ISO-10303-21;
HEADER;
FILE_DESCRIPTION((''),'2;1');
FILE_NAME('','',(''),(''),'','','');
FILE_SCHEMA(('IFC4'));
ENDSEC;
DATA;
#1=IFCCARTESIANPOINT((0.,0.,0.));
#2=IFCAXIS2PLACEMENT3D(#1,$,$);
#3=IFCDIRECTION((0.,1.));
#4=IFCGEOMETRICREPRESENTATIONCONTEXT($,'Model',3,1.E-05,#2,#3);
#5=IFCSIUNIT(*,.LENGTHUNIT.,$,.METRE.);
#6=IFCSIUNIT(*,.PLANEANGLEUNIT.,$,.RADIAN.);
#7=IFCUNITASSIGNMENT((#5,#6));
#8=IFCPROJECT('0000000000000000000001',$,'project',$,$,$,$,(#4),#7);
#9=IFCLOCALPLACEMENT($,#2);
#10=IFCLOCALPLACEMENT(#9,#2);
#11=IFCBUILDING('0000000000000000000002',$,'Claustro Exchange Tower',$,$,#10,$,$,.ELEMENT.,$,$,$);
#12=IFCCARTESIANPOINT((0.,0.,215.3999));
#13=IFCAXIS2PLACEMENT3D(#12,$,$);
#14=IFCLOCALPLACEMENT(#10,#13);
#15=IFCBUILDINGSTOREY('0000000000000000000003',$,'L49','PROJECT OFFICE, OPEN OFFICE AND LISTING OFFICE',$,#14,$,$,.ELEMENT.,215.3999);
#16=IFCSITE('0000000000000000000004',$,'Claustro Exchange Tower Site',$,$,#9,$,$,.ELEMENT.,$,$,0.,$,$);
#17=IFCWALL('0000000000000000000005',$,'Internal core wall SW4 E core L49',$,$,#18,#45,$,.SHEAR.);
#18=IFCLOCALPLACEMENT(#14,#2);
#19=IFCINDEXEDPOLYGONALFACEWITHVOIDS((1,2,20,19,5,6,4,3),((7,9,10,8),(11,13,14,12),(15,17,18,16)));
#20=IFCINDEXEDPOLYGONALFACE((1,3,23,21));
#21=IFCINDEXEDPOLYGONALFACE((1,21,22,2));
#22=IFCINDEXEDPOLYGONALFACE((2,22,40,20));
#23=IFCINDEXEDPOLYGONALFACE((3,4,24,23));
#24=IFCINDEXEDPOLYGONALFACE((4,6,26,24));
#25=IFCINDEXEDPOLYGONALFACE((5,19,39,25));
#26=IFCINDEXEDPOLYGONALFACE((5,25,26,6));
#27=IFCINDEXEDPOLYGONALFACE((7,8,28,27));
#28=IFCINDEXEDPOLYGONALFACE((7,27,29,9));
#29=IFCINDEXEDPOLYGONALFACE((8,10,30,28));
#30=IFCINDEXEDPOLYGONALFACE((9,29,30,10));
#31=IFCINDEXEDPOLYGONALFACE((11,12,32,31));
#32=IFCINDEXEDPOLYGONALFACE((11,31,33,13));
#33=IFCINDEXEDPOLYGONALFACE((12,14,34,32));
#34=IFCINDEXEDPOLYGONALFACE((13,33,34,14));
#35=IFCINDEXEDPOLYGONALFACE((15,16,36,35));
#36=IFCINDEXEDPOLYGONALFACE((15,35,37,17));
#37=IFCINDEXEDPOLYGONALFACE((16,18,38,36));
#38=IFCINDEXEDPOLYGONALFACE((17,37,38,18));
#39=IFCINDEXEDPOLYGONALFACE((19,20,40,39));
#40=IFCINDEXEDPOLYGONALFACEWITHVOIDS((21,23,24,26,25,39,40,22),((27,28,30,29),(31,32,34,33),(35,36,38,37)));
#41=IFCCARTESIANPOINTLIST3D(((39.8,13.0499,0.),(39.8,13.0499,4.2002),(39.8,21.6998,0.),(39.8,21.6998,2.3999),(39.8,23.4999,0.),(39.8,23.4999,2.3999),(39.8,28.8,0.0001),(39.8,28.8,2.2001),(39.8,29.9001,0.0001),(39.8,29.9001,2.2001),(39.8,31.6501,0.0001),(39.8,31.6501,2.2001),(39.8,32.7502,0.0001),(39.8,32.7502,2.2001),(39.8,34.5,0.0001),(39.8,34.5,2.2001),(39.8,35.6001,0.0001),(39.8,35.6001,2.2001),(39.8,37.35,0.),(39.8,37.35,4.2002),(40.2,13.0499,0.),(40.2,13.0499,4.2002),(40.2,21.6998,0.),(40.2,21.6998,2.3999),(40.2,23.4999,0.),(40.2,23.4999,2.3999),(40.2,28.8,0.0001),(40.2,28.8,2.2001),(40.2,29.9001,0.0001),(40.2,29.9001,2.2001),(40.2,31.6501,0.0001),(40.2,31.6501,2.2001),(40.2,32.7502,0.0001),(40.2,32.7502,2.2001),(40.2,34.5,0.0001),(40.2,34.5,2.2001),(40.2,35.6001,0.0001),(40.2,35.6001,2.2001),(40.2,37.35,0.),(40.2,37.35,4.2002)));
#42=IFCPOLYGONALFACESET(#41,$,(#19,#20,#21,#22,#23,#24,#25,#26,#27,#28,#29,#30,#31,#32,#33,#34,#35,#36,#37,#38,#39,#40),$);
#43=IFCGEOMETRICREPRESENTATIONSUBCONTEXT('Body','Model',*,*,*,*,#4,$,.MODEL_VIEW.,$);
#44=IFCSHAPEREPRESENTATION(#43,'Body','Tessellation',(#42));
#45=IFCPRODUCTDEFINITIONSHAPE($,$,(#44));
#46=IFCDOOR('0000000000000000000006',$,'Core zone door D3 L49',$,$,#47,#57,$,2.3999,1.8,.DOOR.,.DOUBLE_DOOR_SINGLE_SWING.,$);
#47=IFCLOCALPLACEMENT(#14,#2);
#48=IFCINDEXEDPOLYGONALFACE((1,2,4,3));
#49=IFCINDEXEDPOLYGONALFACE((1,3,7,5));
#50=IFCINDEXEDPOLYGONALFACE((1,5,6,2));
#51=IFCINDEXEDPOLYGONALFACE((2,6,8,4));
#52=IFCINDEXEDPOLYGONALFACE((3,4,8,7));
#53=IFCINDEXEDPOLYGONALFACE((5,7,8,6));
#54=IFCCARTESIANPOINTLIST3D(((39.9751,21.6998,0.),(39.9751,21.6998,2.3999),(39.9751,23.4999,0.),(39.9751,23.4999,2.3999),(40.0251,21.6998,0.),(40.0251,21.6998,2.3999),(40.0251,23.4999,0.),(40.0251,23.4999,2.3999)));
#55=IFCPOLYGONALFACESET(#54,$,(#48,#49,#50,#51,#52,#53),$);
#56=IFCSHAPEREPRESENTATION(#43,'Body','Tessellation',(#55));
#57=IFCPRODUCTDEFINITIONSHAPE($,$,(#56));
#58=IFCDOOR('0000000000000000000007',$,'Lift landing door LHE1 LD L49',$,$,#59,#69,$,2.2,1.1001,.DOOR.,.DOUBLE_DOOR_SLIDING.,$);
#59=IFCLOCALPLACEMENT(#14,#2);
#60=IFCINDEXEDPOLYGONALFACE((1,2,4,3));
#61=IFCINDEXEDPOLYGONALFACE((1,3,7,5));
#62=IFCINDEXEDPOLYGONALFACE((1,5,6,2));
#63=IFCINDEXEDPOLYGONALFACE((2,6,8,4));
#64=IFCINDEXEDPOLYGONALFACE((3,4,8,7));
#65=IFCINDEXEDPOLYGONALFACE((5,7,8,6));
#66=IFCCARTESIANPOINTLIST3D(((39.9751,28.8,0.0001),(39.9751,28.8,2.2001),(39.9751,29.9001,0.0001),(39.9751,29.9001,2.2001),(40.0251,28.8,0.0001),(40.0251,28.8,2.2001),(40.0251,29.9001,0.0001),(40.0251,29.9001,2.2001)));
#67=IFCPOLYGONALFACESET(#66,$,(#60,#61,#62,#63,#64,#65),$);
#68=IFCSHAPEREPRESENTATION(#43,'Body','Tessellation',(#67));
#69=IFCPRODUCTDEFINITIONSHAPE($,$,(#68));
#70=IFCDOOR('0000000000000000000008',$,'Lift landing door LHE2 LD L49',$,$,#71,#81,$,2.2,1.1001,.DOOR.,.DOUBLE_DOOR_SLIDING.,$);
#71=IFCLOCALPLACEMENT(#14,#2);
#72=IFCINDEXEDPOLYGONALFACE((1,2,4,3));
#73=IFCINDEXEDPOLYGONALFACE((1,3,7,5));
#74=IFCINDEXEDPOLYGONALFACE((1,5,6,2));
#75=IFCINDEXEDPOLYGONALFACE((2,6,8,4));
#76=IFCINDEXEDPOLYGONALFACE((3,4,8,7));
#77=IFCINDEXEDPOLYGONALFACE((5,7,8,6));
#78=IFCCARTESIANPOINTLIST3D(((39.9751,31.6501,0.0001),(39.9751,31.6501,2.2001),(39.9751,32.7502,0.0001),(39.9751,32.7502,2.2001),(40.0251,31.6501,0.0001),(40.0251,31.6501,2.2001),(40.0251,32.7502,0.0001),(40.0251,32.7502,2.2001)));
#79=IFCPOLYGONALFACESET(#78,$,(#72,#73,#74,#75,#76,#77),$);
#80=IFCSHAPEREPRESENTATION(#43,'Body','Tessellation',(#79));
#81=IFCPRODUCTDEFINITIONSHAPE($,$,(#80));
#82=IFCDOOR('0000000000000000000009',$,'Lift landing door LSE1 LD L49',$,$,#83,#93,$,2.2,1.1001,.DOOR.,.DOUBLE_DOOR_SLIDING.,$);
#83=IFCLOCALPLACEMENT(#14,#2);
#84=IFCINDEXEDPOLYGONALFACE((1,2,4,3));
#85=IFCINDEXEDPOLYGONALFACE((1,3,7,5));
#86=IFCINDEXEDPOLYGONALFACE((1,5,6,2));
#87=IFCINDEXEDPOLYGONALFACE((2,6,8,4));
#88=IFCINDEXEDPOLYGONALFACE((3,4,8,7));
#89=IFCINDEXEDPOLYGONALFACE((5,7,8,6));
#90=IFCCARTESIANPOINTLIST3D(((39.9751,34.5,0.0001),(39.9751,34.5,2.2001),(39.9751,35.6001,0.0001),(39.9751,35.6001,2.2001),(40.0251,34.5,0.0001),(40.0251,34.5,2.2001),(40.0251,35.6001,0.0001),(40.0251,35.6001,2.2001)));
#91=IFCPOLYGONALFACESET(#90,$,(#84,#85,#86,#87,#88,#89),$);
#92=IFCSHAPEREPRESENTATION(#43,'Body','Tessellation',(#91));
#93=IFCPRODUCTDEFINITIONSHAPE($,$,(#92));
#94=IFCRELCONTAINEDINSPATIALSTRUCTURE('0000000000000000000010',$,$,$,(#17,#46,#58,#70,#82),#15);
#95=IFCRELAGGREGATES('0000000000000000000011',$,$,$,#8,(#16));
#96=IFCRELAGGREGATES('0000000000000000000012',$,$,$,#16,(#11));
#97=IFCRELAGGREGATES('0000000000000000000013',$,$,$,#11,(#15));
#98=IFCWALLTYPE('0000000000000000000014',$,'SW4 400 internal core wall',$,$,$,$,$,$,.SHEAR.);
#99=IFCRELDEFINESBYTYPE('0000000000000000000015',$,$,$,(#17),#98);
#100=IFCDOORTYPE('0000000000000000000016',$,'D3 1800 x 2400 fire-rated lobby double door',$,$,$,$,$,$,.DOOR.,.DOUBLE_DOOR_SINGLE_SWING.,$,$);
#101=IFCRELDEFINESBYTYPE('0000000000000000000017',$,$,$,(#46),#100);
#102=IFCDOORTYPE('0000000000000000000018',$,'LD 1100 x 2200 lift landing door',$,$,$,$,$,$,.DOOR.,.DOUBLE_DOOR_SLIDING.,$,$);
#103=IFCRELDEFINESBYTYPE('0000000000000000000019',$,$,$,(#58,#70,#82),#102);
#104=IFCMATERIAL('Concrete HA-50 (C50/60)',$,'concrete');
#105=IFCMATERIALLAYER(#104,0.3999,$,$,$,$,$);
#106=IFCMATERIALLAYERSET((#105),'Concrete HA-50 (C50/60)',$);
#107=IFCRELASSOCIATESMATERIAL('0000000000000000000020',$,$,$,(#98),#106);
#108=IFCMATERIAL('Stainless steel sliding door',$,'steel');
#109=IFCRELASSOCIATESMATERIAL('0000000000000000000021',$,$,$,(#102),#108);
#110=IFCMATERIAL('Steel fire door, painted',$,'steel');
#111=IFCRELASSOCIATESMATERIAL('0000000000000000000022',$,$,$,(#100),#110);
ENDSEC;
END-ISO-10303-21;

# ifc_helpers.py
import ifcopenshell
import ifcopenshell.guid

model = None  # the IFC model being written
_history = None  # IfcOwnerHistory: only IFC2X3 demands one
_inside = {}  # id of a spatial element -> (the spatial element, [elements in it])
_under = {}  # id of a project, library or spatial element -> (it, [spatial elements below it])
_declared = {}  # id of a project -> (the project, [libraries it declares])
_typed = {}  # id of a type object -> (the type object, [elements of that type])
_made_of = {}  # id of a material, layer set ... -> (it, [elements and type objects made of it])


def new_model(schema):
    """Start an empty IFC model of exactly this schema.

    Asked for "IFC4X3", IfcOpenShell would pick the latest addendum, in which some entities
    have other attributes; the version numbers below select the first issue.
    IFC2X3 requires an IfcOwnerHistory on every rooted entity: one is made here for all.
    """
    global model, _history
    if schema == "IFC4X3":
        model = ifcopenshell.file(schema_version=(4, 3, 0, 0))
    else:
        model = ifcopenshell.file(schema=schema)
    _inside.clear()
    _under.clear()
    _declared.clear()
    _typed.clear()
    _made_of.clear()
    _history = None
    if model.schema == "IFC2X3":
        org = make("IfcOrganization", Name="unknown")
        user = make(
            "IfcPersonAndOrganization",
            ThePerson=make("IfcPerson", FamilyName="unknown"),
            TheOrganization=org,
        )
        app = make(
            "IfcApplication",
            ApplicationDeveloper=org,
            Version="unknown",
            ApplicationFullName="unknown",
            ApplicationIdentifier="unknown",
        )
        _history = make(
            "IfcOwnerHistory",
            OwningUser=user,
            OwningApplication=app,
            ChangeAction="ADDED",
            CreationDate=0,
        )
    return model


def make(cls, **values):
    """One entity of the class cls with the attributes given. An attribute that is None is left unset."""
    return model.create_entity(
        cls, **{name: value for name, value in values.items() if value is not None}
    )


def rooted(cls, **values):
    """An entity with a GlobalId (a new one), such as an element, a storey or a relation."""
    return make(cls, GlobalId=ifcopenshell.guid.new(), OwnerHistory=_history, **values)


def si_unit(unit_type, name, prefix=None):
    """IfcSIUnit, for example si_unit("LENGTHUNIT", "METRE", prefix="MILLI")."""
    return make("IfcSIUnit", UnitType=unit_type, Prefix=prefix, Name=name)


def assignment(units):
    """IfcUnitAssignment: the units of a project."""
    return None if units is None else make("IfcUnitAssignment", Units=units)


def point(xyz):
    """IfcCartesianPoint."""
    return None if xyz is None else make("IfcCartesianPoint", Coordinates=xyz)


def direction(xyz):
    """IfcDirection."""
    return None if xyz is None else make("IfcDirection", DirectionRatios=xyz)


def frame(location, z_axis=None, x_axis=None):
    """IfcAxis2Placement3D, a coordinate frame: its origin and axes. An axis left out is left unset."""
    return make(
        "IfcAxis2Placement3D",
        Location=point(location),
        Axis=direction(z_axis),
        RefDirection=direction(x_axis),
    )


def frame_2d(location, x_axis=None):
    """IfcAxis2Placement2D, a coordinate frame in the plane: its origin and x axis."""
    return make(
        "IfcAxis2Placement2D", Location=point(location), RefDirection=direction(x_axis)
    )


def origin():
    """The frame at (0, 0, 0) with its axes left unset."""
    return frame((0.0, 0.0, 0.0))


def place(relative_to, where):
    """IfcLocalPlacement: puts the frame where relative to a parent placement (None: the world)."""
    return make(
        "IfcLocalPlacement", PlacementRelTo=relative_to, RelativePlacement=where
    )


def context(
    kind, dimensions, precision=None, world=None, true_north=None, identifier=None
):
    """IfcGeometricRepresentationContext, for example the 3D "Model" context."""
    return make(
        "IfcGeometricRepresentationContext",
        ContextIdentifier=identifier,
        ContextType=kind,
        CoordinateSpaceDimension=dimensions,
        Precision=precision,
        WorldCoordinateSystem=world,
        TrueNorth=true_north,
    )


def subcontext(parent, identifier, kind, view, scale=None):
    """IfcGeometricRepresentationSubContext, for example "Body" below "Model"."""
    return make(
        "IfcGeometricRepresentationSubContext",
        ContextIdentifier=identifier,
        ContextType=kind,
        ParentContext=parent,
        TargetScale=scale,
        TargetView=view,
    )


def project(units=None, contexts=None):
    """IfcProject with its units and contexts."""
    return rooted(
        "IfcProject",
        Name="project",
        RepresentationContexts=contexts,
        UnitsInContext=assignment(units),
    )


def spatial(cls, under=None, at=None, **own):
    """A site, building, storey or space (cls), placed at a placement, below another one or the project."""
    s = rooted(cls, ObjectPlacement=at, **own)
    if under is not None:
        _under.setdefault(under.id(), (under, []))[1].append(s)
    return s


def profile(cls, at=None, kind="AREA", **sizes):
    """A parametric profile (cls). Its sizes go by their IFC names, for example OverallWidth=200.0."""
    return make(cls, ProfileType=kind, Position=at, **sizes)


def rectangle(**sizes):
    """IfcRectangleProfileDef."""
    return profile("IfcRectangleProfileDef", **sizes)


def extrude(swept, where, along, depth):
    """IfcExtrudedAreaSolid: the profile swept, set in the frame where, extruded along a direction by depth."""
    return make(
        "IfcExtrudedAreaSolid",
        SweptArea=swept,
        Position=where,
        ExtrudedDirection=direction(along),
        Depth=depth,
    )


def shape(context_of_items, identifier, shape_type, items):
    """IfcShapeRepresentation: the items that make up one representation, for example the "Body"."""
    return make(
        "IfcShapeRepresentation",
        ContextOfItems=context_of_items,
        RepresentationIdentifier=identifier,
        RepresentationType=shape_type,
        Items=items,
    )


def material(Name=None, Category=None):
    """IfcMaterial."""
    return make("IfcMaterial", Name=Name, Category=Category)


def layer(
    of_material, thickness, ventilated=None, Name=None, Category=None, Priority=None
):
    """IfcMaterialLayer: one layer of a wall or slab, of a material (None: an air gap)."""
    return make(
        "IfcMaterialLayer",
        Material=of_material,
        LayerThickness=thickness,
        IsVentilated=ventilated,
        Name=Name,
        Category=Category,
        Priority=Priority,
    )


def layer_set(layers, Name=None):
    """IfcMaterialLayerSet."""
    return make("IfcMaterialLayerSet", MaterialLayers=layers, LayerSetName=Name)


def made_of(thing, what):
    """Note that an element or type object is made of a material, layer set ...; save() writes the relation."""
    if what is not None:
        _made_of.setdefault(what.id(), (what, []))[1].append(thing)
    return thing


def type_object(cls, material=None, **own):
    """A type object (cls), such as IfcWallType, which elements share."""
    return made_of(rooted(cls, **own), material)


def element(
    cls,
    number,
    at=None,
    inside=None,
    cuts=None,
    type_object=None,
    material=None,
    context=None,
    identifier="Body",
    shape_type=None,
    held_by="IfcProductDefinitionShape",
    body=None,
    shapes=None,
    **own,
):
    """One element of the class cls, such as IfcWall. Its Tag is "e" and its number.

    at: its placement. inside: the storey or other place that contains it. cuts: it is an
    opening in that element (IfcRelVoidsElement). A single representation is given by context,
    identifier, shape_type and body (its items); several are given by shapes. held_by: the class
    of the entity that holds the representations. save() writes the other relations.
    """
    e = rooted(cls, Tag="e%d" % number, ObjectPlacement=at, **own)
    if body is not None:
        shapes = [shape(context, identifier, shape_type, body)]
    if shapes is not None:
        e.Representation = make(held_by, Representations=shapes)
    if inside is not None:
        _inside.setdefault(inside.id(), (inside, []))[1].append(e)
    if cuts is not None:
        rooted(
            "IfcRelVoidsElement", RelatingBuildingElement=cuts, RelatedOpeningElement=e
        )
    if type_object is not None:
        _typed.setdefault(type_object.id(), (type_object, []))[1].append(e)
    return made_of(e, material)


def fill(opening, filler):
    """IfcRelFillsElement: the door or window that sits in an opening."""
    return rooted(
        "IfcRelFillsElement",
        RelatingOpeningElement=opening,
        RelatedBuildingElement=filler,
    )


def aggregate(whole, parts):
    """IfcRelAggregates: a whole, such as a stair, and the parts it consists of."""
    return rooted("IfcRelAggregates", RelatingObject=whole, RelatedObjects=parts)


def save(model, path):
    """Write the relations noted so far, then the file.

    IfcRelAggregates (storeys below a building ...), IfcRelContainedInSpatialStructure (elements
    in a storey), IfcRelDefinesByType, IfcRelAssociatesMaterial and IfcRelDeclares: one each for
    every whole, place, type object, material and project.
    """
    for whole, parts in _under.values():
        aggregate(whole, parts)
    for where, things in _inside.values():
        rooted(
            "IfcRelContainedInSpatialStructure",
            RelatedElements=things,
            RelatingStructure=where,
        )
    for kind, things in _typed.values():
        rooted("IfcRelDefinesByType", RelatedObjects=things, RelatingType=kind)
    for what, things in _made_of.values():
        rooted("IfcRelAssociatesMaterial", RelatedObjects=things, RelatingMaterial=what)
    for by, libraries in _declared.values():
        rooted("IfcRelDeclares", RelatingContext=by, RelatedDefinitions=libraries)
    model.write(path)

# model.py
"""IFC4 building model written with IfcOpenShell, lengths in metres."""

from ifc_helpers import new_model, si_unit, direction, frame, frame_2d, origin, place, context, subcontext, project, spatial, rectangle, extrude, material, layer, layer_set, type_object, element, fill, save


model = new_model("IFC4")

# Units and contexts
model_context = context("Model", 3, precision=1e-05, world=origin(), true_north=direction((0.0, 1.0)))
body_context = subcontext(model_context, "Body", "Model", "MODEL_VIEW")
ifc_project = project(units=[si_unit("LENGTHUNIT", "METRE"), si_unit("PLANEANGLEUNIT", "RADIAN")], contexts=[model_context])

# Site, building, storey
site_placement = place(None, origin())
site = spatial("IfcSite", under=ifc_project, at=site_placement, Name="Claustro Exchange Tower Site", CompositionType="ELEMENT", RefElevation=0.0)
building_placement = place(site_placement, origin())
building = spatial("IfcBuilding", under=site, at=building_placement, Name="Claustro Exchange Tower", CompositionType="ELEMENT")
storey_placement = place(building_placement, frame((0.0, 0.0, 215.3999)))
storey = spatial("IfcBuildingStorey", under=building, at=storey_placement, Name="L49", Description="PROJECT OFFICE, OPEN OFFICE AND LISTING OFFICE", CompositionType="ELEMENT", Elevation=215.3999)

# Wall, openings, doors
ifc_material_1 = material(Name="Concrete HA-50 (C50/60)", Category="concrete")
ifc_layer_1 = layer(ifc_material_1, 0.3999)
ifc_layer_set_1 = layer_set([ifc_layer_1], Name="Concrete HA-50 (C50/60)")
wall_type_1 = type_object("IfcWallType", Name="SW4 400 internal core wall", PredefinedType="SHEAR", material=ifc_layer_set_1)
ifc_material_2 = material(Name="Stainless steel sliding door", Category="steel")
door_type_1 = type_object("IfcDoorType", Name="LD 1100 x 2200 lift landing door", OperationType="DOUBLE_DOOR_SLIDING", PredefinedType="DOOR", material=ifc_material_2)
wall_1_placement = place(storey_placement, frame((40.0, 13.05, 0.0), z_axis=(0.0, 0.0, 1.0), x_axis=(0.0, 1.0, 0.0)))
wall_1 = element("IfcWall", 1, at=wall_1_placement, inside=storey, type_object=wall_type_1, Name="Internal core wall SW4 E core L49", PredefinedType="SHEAR", context=body_context, shape_type="SweptSolid", body=[
    extrude(rectangle(XDim=24.3, YDim=0.3999, at=frame_2d((12.1499, 0.0))), origin(), (0.0, 0.0, 1.0), 4.2002),
])
opening_1_placement = place(wall_1_placement, frame((15.75, 0.0, 0.0)))
opening_1 = element("IfcOpeningElement", 2, at=opening_1_placement, cuts=wall_1, PredefinedType="OPENING", context=body_context, shape_type="SweptSolid", body=[
    extrude(rectangle(XDim=1.1001, YDim=2.2, at=frame_2d((0.55, 1.1001))), frame((0.0, 0.21, 0.0), z_axis=(0.0, -1.0, 0.0), x_axis=(1.0, 0.0, 0.0)), (0.0, 0.0, 1.0), 0.4199),
])
opening_2_placement = place(wall_1_placement, frame((18.6001, 0.0, 0.0)))
opening_2 = element("IfcOpeningElement", 3, at=opening_2_placement, cuts=wall_1, PredefinedType="OPENING", context=body_context, shape_type="SweptSolid", body=[
    extrude(rectangle(XDim=1.1001, YDim=2.2, at=frame_2d((0.55, 1.1001))), frame((0.0, 0.21, 0.0), z_axis=(0.0, -1.0, 0.0), x_axis=(1.0, 0.0, 0.0)), (0.0, 0.0, 1.0), 0.4199),
])
opening_3_placement = place(wall_1_placement, frame((21.45, 0.0, 0.0)))
opening_3 = element("IfcOpeningElement", 4, at=opening_3_placement, cuts=wall_1, PredefinedType="OPENING", context=body_context, shape_type="SweptSolid", body=[
    extrude(rectangle(XDim=1.1001, YDim=2.2, at=frame_2d((0.55, 1.1001))), frame((0.0, 0.21, 0.0), z_axis=(0.0, -1.0, 0.0), x_axis=(1.0, 0.0, 0.0)), (0.0, 0.0, 1.0), 0.4199),
])
opening_4_placement = place(wall_1_placement, frame((8.6499, 0.0, 0.0)))
opening_4 = element("IfcOpeningElement", 5, at=opening_4_placement, cuts=wall_1, PredefinedType="OPENING", context=body_context, shape_type="SweptSolid", body=[
    extrude(rectangle(XDim=1.8, YDim=2.3999, at=frame_2d((0.8999, 1.2))), frame((0.0, 0.21, 0.0), z_axis=(0.0, -1.0, 0.0), x_axis=(1.0, 0.0, 0.0)), (0.0, 0.0, 1.0), 0.4199),
])
ifc_material_3 = material(Name="Steel fire door, painted", Category="steel")
door_type_2 = type_object("IfcDoorType", Name="D3 1800 x 2400 fire-rated lobby double door", OperationType="DOUBLE_DOOR_SINGLE_SWING", PredefinedType="DOOR", material=ifc_material_3)
door_1_placement = place(opening_4_placement, origin())
door_1 = element("IfcDoor", 6, at=door_1_placement, inside=storey, type_object=door_type_2, Name="Core zone door D3 L49", OperationType="DOUBLE_DOOR_SINGLE_SWING", OverallHeight=2.3999, OverallWidth=1.8, PredefinedType="DOOR", context=body_context, shape_type="SweptSolid", body=[
    extrude(rectangle(XDim=1.8, YDim=2.3999, at=frame_2d((0.8999, 1.2))), frame((0.0, 0.0249, 0.0), z_axis=(0.0, -1.0, 0.0), x_axis=(1.0, 0.0, 0.0)), (0.0, 0.0, 1.0), 0.05),
])
fill(opening_4, door_1)
door_2_placement = place(opening_1_placement, origin())
door_2 = element("IfcDoor", 7, at=door_2_placement, inside=storey, type_object=door_type_1, Name="Lift landing door LHE1 LD L49", OperationType="DOUBLE_DOOR_SLIDING", OverallHeight=2.2, OverallWidth=1.1001, PredefinedType="DOOR", context=body_context, shape_type="SweptSolid", body=[
    extrude(rectangle(XDim=1.1001, YDim=2.2, at=frame_2d((0.55, 1.1001))), frame((0.0, 0.0249, 0.0), z_axis=(0.0, -1.0, 0.0), x_axis=(1.0, 0.0, 0.0)), (0.0, 0.0, 1.0), 0.05),
])
fill(opening_1, door_2)
door_3_placement = place(opening_2_placement, origin())
door_3 = element("IfcDoor", 8, at=door_3_placement, inside=storey, type_object=door_type_1, Name="Lift landing door LHE2 LD L49", OperationType="DOUBLE_DOOR_SLIDING", OverallHeight=2.2, OverallWidth=1.1001, PredefinedType="DOOR", context=body_context, shape_type="SweptSolid", body=[
    extrude(rectangle(XDim=1.1001, YDim=2.2, at=frame_2d((0.55, 1.1001))), frame((0.0, 0.0249, 0.0), z_axis=(0.0, -1.0, 0.0), x_axis=(1.0, 0.0, 0.0)), (0.0, 0.0, 1.0), 0.05),
])
fill(opening_2, door_3)
door_4_placement = place(opening_3_placement, origin())
door_4 = element("IfcDoor", 9, at=door_4_placement, inside=storey, type_object=door_type_1, Name="Lift landing door LSE1 LD L49", OperationType="DOUBLE_DOOR_SLIDING", OverallHeight=2.2, OverallWidth=1.1001, PredefinedType="DOOR", context=body_context, shape_type="SweptSolid", body=[
    extrude(rectangle(XDim=1.1001, YDim=2.2, at=frame_2d((0.55, 1.1001))), frame((0.0, 0.0249, 0.0), z_axis=(0.0, -1.0, 0.0), x_axis=(1.0, 0.0, 0.0)), (0.0, 0.0, 1.0), 0.05),
])
fill(opening_3, door_4)

save(model, "model.ifc")
